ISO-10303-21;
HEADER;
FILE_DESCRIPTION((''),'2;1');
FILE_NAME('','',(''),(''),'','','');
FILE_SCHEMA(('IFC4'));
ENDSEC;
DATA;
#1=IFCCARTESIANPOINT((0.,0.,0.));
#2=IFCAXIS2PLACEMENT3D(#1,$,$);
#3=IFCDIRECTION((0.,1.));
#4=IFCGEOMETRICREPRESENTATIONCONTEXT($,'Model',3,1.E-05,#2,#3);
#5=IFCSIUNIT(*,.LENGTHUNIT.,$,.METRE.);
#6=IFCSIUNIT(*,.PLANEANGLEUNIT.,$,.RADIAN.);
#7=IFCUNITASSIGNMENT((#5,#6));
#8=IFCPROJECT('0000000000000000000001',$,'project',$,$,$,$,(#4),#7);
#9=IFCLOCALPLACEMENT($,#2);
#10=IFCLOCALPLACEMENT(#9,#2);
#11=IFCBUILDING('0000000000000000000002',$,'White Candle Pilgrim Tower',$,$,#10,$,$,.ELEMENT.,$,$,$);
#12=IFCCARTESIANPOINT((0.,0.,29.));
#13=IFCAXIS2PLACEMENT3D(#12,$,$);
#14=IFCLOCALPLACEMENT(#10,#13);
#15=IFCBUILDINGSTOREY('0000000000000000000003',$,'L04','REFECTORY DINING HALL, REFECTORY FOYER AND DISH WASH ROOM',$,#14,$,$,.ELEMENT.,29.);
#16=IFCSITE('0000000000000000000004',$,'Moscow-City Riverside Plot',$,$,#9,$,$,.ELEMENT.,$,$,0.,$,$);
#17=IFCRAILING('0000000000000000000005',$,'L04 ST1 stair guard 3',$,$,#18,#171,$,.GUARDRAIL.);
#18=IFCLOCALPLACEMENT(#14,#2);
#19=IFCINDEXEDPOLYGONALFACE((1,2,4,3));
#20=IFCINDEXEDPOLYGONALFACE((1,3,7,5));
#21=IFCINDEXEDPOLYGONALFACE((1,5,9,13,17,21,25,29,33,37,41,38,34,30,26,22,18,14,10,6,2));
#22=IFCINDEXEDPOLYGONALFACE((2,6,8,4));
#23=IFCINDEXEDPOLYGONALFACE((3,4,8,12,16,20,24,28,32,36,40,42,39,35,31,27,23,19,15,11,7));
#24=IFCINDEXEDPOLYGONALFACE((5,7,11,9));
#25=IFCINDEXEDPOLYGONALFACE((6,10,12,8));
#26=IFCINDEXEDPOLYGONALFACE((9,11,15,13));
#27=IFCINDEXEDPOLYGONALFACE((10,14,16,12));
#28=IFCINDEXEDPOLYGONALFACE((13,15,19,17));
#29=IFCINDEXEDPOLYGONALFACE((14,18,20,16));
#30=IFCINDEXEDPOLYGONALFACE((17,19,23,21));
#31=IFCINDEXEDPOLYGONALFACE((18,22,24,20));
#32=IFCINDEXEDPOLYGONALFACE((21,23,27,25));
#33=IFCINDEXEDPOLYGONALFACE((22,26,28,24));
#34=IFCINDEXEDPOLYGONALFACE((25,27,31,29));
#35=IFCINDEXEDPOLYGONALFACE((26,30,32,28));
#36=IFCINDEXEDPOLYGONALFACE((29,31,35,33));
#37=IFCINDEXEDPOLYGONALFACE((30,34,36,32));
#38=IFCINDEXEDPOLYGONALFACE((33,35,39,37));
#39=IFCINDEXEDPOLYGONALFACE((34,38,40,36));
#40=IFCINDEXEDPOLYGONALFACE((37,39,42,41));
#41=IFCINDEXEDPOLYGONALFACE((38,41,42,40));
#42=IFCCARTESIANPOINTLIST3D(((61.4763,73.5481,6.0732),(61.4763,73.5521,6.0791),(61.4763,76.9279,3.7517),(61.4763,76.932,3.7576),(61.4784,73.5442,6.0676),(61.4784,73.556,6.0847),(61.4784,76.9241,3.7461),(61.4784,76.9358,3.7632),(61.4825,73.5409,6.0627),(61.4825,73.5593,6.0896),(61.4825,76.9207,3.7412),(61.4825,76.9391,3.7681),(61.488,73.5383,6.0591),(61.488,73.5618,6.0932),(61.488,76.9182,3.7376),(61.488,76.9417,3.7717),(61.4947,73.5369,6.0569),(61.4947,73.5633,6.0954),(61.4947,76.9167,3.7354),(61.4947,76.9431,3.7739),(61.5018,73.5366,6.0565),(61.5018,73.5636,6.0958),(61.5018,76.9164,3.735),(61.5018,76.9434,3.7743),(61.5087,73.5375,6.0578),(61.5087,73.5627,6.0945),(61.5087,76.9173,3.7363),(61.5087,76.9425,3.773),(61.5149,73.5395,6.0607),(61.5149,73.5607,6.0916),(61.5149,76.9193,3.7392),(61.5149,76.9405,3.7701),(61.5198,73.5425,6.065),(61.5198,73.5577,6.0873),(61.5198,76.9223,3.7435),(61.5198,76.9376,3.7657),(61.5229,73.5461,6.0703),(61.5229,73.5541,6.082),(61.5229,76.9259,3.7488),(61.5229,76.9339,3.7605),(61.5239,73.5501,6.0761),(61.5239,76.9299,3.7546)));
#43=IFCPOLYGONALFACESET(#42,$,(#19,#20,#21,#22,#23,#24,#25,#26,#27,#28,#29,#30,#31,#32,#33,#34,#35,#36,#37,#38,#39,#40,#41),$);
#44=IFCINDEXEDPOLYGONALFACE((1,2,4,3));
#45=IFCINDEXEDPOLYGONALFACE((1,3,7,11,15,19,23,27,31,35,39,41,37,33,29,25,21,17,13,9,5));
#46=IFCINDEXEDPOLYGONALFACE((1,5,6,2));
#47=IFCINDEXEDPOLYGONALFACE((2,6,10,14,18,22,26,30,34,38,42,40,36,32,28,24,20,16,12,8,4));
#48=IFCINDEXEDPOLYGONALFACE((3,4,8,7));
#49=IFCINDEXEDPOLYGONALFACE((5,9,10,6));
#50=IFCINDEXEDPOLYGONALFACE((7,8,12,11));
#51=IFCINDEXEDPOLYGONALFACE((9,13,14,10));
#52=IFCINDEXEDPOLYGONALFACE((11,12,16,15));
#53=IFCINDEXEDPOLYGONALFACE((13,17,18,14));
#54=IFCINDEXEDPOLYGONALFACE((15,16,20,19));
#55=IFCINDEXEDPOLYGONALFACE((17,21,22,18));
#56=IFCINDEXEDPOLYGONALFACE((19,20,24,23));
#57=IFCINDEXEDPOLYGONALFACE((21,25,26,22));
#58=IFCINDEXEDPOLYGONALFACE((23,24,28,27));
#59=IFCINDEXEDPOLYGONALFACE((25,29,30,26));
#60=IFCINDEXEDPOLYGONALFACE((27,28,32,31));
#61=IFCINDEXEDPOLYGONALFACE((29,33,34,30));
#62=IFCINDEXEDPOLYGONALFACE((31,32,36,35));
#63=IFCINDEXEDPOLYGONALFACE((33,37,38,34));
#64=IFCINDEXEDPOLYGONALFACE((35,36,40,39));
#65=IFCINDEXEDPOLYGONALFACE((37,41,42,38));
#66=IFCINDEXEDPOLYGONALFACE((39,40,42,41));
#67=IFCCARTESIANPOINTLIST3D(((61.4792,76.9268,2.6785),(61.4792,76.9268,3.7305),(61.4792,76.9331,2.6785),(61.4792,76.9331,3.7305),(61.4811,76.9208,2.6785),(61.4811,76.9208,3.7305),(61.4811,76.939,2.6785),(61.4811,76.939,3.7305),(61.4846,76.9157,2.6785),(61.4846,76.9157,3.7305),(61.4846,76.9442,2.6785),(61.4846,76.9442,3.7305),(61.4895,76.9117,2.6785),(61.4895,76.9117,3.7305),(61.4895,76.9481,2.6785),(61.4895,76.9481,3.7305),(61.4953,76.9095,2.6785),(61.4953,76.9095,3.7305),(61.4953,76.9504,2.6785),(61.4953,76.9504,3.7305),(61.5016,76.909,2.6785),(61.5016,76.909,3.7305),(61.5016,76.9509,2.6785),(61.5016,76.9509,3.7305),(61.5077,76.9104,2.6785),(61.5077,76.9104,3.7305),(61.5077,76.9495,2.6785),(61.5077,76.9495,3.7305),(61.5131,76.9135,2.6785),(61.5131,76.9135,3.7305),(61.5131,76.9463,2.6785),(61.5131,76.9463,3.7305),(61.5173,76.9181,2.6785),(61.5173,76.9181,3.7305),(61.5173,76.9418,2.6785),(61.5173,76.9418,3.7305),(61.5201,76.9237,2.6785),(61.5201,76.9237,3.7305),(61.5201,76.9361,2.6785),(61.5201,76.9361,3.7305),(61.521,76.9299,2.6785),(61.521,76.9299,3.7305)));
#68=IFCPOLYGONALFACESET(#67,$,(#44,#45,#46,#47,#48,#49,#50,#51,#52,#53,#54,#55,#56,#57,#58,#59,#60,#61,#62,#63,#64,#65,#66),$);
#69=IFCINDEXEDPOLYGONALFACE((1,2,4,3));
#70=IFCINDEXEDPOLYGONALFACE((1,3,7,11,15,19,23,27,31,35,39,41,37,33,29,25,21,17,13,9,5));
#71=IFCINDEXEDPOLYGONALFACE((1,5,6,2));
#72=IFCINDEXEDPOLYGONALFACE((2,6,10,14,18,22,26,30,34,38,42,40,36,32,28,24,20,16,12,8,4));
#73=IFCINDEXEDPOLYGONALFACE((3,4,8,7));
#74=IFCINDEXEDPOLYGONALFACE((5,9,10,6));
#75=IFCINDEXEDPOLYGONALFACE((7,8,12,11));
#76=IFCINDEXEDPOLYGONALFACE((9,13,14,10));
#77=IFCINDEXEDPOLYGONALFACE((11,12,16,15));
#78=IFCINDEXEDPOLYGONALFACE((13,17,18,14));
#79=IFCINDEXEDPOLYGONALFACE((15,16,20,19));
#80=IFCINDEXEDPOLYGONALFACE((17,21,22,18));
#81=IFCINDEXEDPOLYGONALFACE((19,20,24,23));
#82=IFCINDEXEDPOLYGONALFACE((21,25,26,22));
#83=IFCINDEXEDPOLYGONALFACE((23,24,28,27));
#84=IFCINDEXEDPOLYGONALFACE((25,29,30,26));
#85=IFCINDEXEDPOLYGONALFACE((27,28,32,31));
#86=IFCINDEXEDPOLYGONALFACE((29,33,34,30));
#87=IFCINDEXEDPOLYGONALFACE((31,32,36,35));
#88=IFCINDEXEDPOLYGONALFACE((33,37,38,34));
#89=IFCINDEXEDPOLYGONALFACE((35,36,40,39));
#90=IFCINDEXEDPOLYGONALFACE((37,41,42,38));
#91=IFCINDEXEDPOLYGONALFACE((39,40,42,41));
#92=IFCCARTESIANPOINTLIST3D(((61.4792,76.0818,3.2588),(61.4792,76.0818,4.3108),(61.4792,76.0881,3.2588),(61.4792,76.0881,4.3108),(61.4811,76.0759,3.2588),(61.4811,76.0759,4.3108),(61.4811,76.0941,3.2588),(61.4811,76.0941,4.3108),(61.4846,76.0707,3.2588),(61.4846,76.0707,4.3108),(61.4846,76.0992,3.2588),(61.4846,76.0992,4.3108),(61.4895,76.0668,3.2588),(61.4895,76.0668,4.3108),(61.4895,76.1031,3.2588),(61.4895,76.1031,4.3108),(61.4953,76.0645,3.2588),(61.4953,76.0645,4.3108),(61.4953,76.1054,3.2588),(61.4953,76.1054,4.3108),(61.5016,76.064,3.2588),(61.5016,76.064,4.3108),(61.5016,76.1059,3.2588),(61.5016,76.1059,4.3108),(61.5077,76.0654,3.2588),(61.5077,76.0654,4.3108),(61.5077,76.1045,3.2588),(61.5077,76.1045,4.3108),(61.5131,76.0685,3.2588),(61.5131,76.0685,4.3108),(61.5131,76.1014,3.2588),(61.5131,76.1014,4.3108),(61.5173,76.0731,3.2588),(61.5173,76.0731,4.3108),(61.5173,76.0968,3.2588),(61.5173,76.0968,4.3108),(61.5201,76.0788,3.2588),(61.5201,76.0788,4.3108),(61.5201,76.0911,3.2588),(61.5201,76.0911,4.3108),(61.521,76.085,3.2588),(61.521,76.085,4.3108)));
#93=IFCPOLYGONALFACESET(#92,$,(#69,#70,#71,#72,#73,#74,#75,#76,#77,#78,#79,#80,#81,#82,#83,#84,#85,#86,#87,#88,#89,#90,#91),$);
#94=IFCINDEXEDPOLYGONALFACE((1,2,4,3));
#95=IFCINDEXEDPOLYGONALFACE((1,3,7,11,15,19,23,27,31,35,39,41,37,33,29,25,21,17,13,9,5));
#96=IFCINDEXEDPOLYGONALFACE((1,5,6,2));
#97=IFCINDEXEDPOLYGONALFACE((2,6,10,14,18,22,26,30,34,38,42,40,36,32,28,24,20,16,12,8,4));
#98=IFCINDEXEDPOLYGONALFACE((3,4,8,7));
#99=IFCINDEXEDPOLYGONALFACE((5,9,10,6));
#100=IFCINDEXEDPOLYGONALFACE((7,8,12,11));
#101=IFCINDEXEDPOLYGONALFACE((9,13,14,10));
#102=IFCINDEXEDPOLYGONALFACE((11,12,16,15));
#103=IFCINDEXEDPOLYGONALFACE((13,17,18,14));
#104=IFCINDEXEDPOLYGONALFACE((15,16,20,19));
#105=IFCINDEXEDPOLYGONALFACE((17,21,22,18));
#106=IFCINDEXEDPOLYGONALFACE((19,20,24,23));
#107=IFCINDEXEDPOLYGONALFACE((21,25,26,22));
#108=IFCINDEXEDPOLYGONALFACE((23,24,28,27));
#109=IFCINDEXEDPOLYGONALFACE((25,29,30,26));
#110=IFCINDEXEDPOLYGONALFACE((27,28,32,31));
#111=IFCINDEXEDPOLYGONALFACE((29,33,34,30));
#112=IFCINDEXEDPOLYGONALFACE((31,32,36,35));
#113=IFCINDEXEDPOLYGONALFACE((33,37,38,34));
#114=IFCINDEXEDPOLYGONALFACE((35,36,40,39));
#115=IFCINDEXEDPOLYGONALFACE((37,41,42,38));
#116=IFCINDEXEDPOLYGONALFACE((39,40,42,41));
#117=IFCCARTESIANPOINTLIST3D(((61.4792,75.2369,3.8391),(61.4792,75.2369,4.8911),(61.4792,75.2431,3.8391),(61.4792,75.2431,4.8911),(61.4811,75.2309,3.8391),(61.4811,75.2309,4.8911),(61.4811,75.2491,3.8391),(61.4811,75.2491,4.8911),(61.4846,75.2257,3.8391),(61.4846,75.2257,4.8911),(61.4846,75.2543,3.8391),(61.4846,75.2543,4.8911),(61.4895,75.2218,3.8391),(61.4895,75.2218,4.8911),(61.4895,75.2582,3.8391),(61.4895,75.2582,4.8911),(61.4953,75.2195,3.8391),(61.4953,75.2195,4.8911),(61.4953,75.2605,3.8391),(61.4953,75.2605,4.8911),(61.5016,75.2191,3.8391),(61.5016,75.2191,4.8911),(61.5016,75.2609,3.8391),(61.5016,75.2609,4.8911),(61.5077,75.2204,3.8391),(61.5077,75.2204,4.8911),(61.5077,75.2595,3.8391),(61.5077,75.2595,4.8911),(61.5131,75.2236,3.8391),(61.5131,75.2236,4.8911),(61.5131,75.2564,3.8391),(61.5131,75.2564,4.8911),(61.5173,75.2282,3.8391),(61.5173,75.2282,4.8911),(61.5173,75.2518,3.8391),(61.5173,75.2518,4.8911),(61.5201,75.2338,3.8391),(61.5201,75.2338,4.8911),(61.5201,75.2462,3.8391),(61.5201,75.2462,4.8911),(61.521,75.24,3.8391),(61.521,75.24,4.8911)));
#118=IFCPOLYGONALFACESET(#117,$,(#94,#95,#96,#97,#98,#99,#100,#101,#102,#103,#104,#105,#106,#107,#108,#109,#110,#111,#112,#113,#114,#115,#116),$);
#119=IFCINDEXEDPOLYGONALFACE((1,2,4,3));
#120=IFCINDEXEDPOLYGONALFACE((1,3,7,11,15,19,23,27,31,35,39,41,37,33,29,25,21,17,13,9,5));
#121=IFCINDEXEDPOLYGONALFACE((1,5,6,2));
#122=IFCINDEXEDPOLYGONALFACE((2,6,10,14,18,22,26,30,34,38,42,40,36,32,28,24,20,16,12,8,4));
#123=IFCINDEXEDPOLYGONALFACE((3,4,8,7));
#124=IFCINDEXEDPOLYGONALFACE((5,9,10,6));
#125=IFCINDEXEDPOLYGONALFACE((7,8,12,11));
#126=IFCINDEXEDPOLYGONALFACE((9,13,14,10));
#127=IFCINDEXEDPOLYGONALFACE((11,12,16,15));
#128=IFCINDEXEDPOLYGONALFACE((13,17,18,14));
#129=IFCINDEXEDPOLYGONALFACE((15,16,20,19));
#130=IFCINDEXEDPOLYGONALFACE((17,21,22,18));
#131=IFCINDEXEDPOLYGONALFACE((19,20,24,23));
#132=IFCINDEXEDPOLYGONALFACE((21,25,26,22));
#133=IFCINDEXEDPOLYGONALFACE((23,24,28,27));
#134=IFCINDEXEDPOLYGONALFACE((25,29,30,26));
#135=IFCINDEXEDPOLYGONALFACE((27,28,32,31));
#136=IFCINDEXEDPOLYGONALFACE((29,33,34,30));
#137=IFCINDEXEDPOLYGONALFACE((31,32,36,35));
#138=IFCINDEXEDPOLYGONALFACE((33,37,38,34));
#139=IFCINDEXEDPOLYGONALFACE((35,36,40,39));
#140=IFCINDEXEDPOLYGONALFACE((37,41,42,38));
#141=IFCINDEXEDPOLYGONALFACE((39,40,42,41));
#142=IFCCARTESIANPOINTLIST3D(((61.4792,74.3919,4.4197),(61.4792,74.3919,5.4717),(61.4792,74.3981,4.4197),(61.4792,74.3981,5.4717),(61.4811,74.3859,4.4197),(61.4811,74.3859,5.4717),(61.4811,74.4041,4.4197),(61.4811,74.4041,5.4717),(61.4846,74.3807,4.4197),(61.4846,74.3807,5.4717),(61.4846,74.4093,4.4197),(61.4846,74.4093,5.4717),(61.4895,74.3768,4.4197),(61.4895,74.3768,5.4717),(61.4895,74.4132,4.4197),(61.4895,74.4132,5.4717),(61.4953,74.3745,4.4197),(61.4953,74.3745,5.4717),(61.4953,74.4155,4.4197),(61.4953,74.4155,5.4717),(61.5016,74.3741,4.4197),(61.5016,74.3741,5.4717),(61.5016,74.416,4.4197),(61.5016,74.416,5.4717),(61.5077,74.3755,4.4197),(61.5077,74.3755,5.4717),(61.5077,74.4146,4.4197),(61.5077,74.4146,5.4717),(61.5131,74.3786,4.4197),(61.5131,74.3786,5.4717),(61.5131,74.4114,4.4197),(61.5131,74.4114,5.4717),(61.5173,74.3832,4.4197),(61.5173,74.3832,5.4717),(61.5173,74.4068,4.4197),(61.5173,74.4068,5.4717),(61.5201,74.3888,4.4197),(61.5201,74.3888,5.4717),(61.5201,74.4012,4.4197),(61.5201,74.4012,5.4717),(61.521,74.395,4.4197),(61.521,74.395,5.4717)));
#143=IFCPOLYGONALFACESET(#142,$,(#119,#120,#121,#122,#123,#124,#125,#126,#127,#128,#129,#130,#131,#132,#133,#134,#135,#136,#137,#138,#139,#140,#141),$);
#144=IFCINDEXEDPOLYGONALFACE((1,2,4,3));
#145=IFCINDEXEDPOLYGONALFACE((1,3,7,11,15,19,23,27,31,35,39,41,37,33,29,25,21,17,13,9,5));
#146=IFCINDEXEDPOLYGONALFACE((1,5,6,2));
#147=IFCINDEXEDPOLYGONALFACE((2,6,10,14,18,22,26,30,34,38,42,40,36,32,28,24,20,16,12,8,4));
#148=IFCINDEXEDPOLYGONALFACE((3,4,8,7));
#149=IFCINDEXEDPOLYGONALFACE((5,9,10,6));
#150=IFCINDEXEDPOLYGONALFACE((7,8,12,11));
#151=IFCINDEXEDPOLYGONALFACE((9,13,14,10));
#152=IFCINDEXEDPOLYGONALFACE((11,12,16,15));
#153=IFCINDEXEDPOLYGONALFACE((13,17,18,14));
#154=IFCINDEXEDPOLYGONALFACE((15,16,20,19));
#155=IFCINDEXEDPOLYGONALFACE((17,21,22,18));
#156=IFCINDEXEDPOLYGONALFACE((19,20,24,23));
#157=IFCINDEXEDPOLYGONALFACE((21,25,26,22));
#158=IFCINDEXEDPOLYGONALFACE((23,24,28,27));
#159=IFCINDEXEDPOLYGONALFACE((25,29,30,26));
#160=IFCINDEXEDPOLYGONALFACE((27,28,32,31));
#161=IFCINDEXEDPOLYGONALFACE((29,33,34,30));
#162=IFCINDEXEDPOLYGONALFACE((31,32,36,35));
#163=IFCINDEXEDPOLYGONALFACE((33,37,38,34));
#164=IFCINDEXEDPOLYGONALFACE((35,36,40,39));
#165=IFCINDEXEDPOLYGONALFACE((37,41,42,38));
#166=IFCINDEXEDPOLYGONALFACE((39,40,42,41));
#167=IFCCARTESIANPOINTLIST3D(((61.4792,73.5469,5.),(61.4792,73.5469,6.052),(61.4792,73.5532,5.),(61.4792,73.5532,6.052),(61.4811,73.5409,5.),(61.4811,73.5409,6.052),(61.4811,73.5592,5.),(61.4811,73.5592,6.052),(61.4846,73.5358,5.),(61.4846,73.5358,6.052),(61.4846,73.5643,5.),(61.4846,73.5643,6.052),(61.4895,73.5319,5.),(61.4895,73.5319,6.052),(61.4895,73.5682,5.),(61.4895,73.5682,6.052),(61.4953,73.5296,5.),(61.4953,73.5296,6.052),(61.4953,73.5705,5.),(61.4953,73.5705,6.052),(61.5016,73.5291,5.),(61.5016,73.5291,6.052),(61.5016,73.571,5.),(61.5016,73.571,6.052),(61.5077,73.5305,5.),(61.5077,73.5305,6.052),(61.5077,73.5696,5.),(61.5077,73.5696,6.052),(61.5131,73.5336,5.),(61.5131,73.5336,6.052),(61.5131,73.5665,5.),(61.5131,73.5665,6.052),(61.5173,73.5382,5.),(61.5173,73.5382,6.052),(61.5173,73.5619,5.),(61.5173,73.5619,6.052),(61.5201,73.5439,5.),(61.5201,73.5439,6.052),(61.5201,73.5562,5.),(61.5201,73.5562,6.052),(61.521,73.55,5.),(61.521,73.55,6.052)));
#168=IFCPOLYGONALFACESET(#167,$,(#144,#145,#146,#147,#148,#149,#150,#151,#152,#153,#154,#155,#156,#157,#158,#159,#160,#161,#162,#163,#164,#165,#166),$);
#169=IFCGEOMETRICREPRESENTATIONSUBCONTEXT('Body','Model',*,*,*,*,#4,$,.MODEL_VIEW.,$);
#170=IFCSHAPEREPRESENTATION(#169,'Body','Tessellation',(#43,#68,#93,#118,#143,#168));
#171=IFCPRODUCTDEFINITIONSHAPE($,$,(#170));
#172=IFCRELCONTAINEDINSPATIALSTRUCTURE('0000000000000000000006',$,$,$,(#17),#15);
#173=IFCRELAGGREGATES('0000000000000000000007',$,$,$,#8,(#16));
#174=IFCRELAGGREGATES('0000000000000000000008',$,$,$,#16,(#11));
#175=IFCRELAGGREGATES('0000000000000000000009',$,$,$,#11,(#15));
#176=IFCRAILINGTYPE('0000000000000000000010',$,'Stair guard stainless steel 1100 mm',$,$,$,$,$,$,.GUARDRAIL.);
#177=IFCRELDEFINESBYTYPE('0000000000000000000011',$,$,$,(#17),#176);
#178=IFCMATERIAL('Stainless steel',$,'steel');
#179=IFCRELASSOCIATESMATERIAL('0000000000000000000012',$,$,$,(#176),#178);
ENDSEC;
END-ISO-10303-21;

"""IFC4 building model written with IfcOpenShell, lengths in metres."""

from ifc_helpers import new_model, si_unit, direction, frame, origin, origin_2d, place, context, subcontext, project, spatial, circle, extrude, material, type_object, element, save


model = new_model("IFC4")

# Units and contexts
model_context = context("Model", 3, precision=1e-05, world=origin(), true_north=direction((0.0, 1.0)))
body_context = subcontext(model_context, "Body", "Model", "MODEL_VIEW")
ifc_project = project(units=[si_unit("LENGTHUNIT", "METRE"), si_unit("PLANEANGLEUNIT", "RADIAN")], contexts=[model_context])

# Site, building, storey
site_placement = place(None, origin())
site = spatial("IfcSite", under=ifc_project, at=site_placement, Name="Moscow-City Riverside Plot", CompositionType="ELEMENT", RefElevation=0.0)
building_placement = place(site_placement, origin())
building = spatial("IfcBuilding", under=site, at=building_placement, Name="White Candle Pilgrim Tower", CompositionType="ELEMENT")
storey_placement = place(building_placement, frame((0.0, 0.0, 29.0)))
storey = spatial("IfcBuildingStorey", under=building, at=storey_placement, Name="L04", Description="REFECTORY DINING HALL, REFECTORY FOYER AND DISH WASH ROOM", CompositionType="ELEMENT", Elevation=29.0)

# Railing
ifc_material_1 = material(Name="Stainless steel", Category="steel")
railing_type_1 = type_object("IfcRailingType", Name="Stair guard stainless steel 1100 mm", PredefinedType="GUARDRAIL", material=ifc_material_1)
railing_1_placement = place(storey_placement, frame((61.5, 76.9299, 2.6785)))
element("IfcRailing", 1, at=railing_1_placement, inside=storey, type_object=railing_type_1, Name="L04 ST1 stair guard 3", PredefinedType="GUARDRAIL", context=body_context, shape_type="SweptSolid", body=[
    extrude(circle(Radius=0.0239, at=origin_2d()), frame((0.0, 0.0, 1.0762), z_axis=(0.0, -0.824285, 0.566175), x_axis=(1.0, 0.0, 0.0)), (0.0, 0.0, 1.0), 4.1003),
    extrude(circle(Radius=0.021, at=origin_2d()), origin(), (0.0, 0.0, 1.0), 1.052),
    extrude(circle(Radius=0.021, at=origin_2d()), frame((0.0, -0.845, 0.5803)), (0.0, 0.0, 1.0), 1.052),
    extrude(circle(Radius=0.021, at=origin_2d()), frame((0.0, -1.6899, 1.1606)), (0.0, 0.0, 1.0), 1.052),
    extrude(circle(Radius=0.021, at=origin_2d()), frame((0.0, -2.5349, 1.7412)), (0.0, 0.0, 1.0), 1.052),
    extrude(circle(Radius=0.021, at=origin_2d()), frame((0.0, -3.3799, 2.3215)), (0.0, 0.0, 1.0), 1.052),
])

save(model, "model.ifc")
